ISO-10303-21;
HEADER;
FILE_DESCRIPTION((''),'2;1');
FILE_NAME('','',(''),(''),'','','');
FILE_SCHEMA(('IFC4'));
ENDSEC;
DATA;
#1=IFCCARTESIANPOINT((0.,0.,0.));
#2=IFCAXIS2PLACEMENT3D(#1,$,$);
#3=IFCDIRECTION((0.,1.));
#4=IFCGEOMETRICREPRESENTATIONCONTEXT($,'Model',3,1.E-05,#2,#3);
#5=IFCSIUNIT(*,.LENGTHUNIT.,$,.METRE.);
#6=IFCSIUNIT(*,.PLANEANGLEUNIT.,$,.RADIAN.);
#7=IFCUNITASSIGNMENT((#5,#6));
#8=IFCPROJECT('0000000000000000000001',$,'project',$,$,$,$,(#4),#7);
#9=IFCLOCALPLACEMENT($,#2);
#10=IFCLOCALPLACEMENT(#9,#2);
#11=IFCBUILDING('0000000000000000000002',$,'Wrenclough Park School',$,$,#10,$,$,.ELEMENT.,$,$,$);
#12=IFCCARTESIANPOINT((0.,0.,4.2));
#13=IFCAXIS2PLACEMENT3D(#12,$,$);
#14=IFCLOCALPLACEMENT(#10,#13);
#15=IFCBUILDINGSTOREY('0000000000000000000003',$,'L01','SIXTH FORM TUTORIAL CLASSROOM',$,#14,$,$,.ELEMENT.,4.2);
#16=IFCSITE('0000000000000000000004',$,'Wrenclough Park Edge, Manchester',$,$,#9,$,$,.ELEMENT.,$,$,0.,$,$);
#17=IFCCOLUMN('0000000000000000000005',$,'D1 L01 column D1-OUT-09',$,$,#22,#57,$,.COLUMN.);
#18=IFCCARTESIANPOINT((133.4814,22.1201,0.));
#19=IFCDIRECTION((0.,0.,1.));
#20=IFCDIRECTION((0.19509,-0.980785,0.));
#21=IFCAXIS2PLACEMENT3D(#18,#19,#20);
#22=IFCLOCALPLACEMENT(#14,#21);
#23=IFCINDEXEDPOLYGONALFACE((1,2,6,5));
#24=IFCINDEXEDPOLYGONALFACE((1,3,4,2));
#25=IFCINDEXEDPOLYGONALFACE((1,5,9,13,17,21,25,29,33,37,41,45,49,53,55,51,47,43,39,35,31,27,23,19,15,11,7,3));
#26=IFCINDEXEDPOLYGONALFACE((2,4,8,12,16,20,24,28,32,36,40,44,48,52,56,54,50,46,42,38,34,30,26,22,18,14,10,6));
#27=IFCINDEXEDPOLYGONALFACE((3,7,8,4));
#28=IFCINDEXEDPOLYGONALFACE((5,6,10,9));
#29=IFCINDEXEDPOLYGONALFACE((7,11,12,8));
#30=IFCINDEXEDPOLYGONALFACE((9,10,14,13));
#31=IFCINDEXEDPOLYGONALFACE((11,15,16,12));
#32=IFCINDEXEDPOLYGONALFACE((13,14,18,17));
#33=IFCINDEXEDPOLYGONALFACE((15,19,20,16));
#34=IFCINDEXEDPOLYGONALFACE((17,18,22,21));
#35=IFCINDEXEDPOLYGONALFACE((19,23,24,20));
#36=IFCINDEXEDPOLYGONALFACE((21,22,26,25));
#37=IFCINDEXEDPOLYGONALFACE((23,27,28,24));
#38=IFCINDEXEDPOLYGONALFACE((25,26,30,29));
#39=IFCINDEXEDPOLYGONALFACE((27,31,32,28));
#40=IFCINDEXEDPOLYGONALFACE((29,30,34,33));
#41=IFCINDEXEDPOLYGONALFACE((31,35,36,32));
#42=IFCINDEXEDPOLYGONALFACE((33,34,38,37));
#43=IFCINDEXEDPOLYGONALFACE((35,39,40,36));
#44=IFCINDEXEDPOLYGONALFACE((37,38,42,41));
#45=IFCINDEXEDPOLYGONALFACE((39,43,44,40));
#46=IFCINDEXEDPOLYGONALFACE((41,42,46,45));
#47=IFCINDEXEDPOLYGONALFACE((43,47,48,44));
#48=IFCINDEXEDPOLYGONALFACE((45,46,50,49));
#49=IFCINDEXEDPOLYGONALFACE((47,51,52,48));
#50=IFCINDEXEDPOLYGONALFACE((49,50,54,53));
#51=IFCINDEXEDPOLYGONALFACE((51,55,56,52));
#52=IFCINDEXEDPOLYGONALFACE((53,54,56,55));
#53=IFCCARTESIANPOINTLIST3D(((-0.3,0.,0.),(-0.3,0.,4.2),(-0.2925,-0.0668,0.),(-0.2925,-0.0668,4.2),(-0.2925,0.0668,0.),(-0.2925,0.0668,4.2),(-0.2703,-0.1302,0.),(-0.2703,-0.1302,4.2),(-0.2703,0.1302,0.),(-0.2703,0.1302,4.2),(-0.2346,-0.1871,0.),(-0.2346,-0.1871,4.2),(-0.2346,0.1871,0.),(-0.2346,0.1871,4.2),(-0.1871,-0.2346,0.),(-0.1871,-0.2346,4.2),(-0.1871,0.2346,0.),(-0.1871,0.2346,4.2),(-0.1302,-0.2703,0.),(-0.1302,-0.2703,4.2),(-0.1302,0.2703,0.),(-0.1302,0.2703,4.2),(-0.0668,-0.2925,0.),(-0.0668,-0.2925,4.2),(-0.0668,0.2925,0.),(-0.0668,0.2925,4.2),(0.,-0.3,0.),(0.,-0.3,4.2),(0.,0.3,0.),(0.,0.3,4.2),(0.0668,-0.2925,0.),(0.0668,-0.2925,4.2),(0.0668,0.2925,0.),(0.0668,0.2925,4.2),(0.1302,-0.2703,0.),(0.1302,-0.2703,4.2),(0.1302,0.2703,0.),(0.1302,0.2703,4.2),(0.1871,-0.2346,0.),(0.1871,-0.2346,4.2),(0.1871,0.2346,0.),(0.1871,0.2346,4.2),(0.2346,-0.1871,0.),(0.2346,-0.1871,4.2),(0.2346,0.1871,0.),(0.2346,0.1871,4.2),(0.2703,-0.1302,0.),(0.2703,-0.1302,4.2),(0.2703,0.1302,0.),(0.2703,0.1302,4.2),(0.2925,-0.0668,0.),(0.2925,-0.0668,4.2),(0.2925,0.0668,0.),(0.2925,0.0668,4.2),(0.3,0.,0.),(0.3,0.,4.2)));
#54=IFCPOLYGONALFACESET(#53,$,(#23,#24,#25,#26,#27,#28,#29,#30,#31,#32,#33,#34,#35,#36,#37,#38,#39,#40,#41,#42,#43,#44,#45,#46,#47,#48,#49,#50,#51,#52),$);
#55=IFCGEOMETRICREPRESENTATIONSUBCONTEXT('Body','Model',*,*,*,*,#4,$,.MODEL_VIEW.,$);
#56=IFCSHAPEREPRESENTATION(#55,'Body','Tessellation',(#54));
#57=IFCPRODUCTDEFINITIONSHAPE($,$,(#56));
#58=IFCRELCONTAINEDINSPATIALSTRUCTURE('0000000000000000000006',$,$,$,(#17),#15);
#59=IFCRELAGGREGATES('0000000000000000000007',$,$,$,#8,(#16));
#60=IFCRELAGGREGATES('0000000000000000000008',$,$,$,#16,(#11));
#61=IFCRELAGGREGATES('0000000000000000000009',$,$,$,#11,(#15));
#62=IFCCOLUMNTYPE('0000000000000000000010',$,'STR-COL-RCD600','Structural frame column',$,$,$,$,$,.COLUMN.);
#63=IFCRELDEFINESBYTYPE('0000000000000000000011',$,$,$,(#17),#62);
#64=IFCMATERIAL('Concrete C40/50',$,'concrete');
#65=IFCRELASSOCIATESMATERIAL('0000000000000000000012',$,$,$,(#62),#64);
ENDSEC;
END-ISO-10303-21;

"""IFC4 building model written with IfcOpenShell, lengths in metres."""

from ifc_helpers import new_model, si_unit, direction, frame, origin, origin_2d, place, context, subcontext, project, spatial, circle, extrude, material, material_profile, profile_set, type_object, element, save


model = new_model("IFC4")

# Units and contexts
model_context = context("Model", 3, precision=1e-05, world=origin(), true_north=direction((0.0, 1.0)))
body_context = subcontext(model_context, "Body", "Model", "MODEL_VIEW")
ifc_project = project(units=[si_unit("LENGTHUNIT", "METRE"), si_unit("PLANEANGLEUNIT", "RADIAN")], contexts=[model_context])

# Site, building, storey
site_placement = place(None, origin())
site = spatial("IfcSite", under=ifc_project, at=site_placement, Name="Wrenclough Park Edge, Manchester", CompositionType="ELEMENT", RefElevation=0.0)
building_placement = place(site_placement, origin())
building = spatial("IfcBuilding", under=site, at=building_placement, Name="Wrenclough Park School", CompositionType="ELEMENT")
storey_placement = place(building_placement, frame((0.0, 0.0, 4.2)))
storey = spatial("IfcBuildingStorey", under=building, at=storey_placement, Name="L01", Description="SIXTH FORM TUTORIAL CLASSROOM", CompositionType="ELEMENT", Elevation=4.2)

# Column
ifc_material_1 = material(Name="Concrete C40/50", Category="concrete")
ifc_material_profile_1 = material_profile(ifc_material_1, circle(Radius=0.3, at=origin_2d()), Name="RC COL D600")
ifc_profile_set_1 = profile_set([ifc_material_profile_1], Name="Concrete C40/50")
column_type_1 = type_object("IfcColumnType", Name="STR-COL-RCD600", Description="Structural frame column", PredefinedType="COLUMN", material=ifc_profile_set_1)
column_1_placement = place(storey_placement, frame((133.4814, 22.1201, 0.0), z_axis=(0.0, 0.0, 1.0), x_axis=(0.19509, -0.980785, 0.0)))
element("IfcColumn", 1, at=column_1_placement, inside=storey, type_object=column_type_1, Name="D1 L01 column D1-OUT-09", PredefinedType="COLUMN", context=body_context, shape_type="SweptSolid", body=[
    extrude(circle(Radius=0.3, at=origin_2d()), origin(), (0.0, 0.0, 1.0), 4.2),
])

save(model, "model.ifc")
